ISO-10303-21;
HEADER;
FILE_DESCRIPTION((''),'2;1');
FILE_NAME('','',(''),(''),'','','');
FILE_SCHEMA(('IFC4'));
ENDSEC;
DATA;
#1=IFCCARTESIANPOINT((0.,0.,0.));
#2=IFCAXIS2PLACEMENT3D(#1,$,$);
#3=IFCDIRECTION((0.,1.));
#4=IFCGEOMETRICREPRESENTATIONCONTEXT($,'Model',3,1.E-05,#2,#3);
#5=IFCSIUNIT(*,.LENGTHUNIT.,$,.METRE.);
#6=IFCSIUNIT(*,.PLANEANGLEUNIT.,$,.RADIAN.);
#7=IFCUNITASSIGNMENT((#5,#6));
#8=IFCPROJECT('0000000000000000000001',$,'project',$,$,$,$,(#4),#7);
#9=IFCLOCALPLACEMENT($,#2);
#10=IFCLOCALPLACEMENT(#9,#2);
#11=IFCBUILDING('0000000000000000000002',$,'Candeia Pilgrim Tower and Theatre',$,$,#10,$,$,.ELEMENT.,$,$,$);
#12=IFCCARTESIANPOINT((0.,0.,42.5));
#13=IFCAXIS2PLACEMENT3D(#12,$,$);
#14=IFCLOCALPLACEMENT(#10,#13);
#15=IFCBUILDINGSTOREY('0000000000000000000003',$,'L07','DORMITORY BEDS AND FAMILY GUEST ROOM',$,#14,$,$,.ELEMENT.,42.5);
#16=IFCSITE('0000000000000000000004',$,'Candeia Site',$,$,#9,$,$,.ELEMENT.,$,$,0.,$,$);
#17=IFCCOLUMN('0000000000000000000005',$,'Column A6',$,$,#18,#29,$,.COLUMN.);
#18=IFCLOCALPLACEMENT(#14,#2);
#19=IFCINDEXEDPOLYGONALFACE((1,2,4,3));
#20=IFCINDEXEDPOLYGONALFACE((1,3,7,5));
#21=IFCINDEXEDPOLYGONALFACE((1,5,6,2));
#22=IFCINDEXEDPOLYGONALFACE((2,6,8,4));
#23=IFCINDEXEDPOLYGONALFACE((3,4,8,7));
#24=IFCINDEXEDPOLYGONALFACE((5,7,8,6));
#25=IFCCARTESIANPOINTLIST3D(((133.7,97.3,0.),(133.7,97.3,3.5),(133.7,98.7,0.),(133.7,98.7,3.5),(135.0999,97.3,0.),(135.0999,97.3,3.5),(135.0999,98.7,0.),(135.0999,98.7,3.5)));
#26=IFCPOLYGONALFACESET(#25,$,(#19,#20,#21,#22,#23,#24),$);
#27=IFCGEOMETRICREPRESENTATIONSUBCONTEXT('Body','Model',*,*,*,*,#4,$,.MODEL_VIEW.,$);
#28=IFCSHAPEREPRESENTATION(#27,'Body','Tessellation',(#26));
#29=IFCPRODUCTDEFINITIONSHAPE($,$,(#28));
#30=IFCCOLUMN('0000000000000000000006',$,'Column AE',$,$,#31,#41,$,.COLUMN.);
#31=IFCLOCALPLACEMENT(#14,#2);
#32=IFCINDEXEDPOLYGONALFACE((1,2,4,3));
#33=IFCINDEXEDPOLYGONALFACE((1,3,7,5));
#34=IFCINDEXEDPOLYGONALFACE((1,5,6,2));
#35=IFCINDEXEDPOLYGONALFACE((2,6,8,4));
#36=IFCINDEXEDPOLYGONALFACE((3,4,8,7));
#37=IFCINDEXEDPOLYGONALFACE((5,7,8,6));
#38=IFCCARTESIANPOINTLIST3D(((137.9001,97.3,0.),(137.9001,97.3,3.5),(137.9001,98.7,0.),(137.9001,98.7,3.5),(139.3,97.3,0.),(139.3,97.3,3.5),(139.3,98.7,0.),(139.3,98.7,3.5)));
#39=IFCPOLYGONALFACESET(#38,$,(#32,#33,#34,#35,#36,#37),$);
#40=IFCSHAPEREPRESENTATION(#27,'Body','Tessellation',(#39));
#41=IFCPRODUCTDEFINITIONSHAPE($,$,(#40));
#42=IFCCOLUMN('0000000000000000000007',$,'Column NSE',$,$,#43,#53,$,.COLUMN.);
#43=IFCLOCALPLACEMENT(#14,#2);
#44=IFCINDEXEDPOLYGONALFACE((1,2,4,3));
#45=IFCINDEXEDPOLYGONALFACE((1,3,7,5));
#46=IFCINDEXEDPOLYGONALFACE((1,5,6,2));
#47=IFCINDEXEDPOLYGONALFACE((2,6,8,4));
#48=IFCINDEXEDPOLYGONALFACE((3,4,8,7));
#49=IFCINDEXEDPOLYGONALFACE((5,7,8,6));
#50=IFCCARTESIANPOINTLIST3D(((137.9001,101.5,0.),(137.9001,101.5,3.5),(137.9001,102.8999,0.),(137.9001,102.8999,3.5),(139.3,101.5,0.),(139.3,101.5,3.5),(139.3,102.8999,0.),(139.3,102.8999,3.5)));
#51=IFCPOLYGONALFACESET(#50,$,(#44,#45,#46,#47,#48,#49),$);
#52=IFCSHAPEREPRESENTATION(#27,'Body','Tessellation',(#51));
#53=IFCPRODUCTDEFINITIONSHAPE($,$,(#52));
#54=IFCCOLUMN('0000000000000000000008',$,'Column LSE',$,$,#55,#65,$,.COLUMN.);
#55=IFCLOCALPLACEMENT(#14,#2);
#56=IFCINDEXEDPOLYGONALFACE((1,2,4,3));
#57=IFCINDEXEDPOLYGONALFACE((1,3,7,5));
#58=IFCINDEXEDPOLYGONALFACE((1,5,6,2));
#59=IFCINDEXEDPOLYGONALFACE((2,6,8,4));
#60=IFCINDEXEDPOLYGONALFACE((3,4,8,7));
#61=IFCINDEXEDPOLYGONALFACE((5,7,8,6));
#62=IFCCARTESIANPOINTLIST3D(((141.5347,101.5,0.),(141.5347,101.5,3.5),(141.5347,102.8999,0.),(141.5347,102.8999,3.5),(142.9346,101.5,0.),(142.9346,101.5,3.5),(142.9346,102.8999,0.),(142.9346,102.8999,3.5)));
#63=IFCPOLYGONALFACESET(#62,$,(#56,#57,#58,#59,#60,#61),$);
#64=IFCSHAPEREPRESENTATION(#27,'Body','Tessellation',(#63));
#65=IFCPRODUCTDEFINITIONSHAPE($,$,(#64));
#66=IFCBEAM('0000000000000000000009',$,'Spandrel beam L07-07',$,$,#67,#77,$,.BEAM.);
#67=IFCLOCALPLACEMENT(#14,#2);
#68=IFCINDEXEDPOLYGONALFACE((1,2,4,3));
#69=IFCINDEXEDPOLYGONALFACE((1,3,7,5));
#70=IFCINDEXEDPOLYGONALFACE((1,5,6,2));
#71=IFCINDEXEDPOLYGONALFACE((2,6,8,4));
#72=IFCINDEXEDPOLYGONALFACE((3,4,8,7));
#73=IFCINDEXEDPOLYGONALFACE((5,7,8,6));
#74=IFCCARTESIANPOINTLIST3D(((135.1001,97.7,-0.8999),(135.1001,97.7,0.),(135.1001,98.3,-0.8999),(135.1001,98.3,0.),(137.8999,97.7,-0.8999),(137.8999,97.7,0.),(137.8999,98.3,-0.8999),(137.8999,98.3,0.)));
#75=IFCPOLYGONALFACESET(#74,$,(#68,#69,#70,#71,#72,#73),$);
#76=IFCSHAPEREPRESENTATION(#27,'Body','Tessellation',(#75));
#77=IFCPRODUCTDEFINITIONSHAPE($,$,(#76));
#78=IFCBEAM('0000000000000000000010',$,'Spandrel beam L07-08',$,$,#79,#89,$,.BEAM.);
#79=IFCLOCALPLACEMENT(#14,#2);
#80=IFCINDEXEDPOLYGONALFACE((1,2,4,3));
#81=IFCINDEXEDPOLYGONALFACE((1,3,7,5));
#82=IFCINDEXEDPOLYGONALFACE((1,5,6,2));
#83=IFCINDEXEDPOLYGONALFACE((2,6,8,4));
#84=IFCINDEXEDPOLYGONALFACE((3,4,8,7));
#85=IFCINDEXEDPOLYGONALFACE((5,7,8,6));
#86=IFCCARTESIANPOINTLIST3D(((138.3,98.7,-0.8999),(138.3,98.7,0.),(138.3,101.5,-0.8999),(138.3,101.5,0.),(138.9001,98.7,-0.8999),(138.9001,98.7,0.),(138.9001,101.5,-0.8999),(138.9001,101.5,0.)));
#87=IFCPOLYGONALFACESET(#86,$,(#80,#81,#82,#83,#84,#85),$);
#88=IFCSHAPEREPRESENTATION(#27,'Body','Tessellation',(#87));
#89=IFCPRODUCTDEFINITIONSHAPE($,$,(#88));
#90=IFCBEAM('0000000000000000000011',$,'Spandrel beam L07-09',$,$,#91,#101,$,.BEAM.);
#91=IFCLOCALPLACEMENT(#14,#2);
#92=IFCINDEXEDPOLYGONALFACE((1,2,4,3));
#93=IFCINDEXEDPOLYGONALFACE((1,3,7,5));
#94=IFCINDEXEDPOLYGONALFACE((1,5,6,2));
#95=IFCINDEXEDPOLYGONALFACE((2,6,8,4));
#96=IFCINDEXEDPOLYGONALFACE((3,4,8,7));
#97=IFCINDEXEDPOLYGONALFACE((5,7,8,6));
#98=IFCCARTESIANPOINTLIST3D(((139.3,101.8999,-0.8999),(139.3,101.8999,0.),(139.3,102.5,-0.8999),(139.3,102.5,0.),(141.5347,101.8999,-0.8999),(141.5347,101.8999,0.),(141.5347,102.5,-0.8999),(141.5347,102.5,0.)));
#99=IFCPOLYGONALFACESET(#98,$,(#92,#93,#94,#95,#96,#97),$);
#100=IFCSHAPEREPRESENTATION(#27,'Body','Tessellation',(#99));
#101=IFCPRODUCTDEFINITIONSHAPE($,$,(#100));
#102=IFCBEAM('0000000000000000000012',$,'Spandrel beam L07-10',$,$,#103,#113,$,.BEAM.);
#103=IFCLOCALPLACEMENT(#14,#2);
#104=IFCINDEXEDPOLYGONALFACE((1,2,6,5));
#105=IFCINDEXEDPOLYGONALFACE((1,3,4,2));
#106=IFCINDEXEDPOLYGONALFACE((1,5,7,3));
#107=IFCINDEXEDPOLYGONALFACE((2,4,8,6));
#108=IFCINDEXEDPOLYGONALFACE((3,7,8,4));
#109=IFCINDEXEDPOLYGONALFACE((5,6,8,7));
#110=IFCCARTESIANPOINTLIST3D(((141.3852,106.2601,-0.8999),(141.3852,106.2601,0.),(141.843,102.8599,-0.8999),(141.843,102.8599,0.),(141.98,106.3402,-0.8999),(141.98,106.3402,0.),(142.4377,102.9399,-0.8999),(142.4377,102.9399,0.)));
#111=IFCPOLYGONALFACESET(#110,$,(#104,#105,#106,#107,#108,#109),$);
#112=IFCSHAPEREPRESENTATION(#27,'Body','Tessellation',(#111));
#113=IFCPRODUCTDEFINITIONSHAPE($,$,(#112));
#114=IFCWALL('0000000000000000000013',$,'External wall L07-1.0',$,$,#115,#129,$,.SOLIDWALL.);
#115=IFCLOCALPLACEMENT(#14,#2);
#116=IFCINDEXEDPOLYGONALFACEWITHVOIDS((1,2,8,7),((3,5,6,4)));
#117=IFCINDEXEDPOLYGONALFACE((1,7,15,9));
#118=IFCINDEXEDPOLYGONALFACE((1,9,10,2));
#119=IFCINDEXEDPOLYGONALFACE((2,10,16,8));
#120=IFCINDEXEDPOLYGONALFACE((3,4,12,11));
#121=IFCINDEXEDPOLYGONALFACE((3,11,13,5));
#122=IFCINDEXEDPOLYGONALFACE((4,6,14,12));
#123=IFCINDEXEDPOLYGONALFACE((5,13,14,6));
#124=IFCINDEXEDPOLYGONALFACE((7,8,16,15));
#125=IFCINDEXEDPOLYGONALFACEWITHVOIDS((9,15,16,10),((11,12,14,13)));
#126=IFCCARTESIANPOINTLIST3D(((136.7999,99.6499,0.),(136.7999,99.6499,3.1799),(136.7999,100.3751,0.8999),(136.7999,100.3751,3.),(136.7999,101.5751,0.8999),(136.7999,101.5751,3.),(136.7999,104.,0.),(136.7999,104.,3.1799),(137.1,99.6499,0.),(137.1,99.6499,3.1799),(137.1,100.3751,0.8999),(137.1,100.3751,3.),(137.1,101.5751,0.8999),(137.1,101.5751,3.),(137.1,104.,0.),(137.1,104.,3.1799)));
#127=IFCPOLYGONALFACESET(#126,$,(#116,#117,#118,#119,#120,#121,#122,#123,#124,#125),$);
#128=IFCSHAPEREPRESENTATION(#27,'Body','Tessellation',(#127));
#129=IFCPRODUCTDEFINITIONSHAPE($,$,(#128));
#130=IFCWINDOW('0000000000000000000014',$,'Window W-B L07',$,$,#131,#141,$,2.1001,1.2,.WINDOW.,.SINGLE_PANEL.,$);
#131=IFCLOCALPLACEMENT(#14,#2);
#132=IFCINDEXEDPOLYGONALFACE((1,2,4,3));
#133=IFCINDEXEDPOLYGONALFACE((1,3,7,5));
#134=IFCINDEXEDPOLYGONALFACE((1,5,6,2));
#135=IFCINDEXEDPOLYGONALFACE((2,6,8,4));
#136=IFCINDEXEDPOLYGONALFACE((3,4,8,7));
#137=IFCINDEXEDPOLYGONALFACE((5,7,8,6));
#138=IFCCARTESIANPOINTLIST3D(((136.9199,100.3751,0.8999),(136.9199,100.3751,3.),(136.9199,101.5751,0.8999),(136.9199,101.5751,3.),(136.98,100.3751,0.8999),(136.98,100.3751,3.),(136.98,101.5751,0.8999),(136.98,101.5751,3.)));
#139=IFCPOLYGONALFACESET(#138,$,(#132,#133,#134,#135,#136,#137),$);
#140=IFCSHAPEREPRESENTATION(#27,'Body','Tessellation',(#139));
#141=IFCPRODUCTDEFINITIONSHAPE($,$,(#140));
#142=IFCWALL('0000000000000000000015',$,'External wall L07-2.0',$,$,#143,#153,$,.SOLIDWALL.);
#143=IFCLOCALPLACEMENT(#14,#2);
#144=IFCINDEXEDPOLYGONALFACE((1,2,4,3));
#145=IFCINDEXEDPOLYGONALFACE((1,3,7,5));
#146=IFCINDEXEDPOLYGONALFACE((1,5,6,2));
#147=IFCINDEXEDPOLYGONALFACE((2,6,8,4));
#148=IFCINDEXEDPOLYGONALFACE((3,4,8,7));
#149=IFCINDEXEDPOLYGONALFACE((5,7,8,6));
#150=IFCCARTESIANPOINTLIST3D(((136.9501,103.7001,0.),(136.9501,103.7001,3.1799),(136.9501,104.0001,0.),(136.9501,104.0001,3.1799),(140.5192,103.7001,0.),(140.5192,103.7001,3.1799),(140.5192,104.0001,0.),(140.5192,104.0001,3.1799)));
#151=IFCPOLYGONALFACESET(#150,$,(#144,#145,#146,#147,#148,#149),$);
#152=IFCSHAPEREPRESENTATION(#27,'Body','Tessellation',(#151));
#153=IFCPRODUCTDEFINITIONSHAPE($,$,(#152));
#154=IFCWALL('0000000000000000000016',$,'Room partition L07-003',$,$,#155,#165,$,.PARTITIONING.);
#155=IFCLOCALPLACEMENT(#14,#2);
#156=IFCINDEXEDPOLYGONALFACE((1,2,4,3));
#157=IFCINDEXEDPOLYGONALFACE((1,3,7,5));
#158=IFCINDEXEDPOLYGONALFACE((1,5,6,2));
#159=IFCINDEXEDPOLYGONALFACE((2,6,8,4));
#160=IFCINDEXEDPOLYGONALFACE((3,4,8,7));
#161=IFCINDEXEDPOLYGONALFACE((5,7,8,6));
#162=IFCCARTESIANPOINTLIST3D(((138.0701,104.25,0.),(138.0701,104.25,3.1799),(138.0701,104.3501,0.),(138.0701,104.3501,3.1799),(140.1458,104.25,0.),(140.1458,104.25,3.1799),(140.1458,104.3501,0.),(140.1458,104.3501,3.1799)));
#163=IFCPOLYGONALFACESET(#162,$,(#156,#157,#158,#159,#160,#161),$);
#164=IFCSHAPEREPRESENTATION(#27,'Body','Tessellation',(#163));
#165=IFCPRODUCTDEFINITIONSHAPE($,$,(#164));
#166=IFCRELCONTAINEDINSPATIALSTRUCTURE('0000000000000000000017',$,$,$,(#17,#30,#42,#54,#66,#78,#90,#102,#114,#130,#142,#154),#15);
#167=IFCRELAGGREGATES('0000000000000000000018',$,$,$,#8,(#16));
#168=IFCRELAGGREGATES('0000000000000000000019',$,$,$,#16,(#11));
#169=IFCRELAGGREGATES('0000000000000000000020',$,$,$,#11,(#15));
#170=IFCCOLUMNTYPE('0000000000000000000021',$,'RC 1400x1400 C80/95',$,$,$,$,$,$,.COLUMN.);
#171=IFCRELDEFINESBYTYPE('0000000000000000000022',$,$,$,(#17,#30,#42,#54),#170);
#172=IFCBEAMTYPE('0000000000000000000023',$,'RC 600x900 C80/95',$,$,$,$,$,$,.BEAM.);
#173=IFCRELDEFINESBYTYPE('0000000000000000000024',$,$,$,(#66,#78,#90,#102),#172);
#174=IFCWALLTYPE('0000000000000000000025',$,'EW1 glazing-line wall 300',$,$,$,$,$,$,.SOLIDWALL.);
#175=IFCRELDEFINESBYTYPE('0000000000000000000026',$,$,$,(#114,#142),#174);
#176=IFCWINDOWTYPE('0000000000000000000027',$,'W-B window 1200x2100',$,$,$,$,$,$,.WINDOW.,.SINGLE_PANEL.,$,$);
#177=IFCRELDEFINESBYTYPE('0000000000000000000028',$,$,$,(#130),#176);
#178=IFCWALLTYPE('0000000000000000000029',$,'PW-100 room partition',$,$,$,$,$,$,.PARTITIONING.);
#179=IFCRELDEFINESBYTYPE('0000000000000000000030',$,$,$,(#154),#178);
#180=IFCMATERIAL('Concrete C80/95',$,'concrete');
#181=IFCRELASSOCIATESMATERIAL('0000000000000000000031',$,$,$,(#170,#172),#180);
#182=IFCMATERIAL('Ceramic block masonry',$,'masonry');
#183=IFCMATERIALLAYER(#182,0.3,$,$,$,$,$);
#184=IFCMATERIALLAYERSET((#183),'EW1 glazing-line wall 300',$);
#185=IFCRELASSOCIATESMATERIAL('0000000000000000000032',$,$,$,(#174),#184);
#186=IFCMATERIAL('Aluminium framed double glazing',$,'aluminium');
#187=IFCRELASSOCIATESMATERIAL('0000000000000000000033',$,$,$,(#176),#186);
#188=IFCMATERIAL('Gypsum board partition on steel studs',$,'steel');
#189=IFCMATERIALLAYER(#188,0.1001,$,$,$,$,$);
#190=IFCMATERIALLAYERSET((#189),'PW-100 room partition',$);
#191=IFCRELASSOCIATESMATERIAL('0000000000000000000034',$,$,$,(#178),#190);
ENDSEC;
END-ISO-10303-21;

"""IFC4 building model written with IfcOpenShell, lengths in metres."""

from ifc_helpers import new_model, si_unit, direction, frame, frame_2d, origin, origin_2d, place, context, subcontext, project, spatial, rectangle, extrude, material, layer, layer_set, material_profile, profile_set, type_object, element, fill, save


model = new_model("IFC4")

# Units and contexts
model_context = context("Model", 3, precision=1e-05, world=origin(), true_north=direction((0.0, 1.0)))
body_context = subcontext(model_context, "Body", "Model", "MODEL_VIEW")
ifc_project = project(units=[si_unit("LENGTHUNIT", "METRE"), si_unit("PLANEANGLEUNIT", "RADIAN")], contexts=[model_context])

# Site, building, storey
site_placement = place(None, origin())
site = spatial("IfcSite", under=ifc_project, at=site_placement, Name="Candeia Site", CompositionType="ELEMENT", RefElevation=0.0)
building_placement = place(site_placement, origin())
building = spatial("IfcBuilding", under=site, at=building_placement, Name="Candeia Pilgrim Tower and Theatre", CompositionType="ELEMENT")
storey_placement = place(building_placement, frame((0.0, 0.0, 42.5)))
storey = spatial("IfcBuildingStorey", under=building, at=storey_placement, Name="L07", Description="DORMITORY BEDS AND FAMILY GUEST ROOM", CompositionType="ELEMENT", Elevation=42.5)

# Columns
ifc_material_1 = material(Name="Concrete C80/95", Category="concrete")
ifc_material_profile_1 = material_profile(ifc_material_1, rectangle(XDim=1.3999, YDim=1.3999, at=origin_2d()))
ifc_profile_set_1 = profile_set([ifc_material_profile_1], Name="Concrete C80/95")
column_type = type_object("IfcColumnType", Name="RC 1400x1400 C80/95", PredefinedType="COLUMN", material=ifc_profile_set_1)
for number, where, z_axis, x_axis, name in (
    (1, (134.3999, 98.0, 0.0), (0.0, 0.0, 1.0), (1.0, 0.0, 0.0), "Column A6"),
    (2, (138.6001, 98.0, 0.0), (0.0, 0.0, 1.0), (1.0, 0.0, 0.0), "Column AE"),
    (3, (138.6001, 102.2, 0.0), (0.0, 0.0, 1.0), (1.0, 0.0, 0.0), "Column NSE"),
    (4, (142.2346, 102.2, 0.0), (0.0, 0.0, 1.0), (1.0, 0.0, 0.0), "Column LSE"),
):
    element("IfcColumn", number, at=place(storey_placement, frame(where, z_axis=z_axis, x_axis=x_axis)), inside=storey, type_object=column_type, Name=name, PredefinedType="COLUMN", context=body_context, shape_type="SweptSolid", body=[
        extrude(rectangle(XDim=1.3999, YDim=1.3999, at=origin_2d()), origin(), (0.0, 0.0, 1.0), 3.5),
    ])

# Beams
ifc_material_profile_2 = material_profile(ifc_material_1, rectangle(XDim=0.6001, YDim=0.8999, at=origin_2d()))
ifc_profile_set_2 = profile_set([ifc_material_profile_2], Name="Concrete C80/95")
beam_type = type_object("IfcBeamType", Name="RC 600x900 C80/95", PredefinedType="BEAM", material=ifc_profile_set_2)
beam_1_placement = place(storey_placement, frame((135.1001, 98.0, -0.45), z_axis=(1.0, 0.0, 0.0), x_axis=(0.0, 1.0, 0.0)))
element("IfcBeam", 5, at=beam_1_placement, inside=storey, type_object=beam_type, Name="Spandrel beam L07-07", PredefinedType="BEAM", context=body_context, shape_type="SweptSolid", body=[
    extrude(rectangle(XDim=0.6001, YDim=0.8999, at=origin_2d()), origin(), (0.0, 0.0, 1.0), 2.7998),
])
beam_2_placement = place(storey_placement, frame((138.6001, 98.7, -0.45), z_axis=(0.0, 1.0, 0.0), x_axis=(-1.0, 0.0, 0.0)))
element("IfcBeam", 6, at=beam_2_placement, inside=storey, type_object=beam_type, Name="Spandrel beam L07-08", PredefinedType="BEAM", context=body_context, shape_type="SweptSolid", body=[
    extrude(rectangle(XDim=0.6001, YDim=0.8999, at=origin_2d()), origin(), (0.0, 0.0, 1.0), 2.8),
])
beam_3_placement = place(storey_placement, frame((139.3, 102.2, -0.45), z_axis=(1.0, 0.0, 0.0), x_axis=(0.0, 1.0, 0.0)))
element("IfcBeam", 7, at=beam_3_placement, inside=storey, type_object=beam_type, Name="Spandrel beam L07-09", PredefinedType="BEAM", context=body_context, shape_type="SweptSolid", body=[
    extrude(rectangle(XDim=0.6001, YDim=0.8999, at=origin_2d()), origin(), (0.0, 0.0, 1.0), 2.2346),
])
beam_4_placement = place(storey_placement, frame((142.1404, 102.8999, -0.45), z_axis=(-0.133427, 0.991059, 0.0), x_axis=(-0.991059, -0.133427, 0.0)))
element("IfcBeam", 8, at=beam_4_placement, inside=storey, type_object=beam_type, Name="Spandrel beam L07-10", PredefinedType="BEAM", context=body_context, shape_type="SweptSolid", body=[
    extrude(rectangle(XDim=0.6001, YDim=0.8999, at=origin_2d()), origin(), (0.0, 0.0, 1.0), 3.4309),
])

# Wall, opening, window
ifc_material_2 = material(Name="Ceramic block masonry", Category="masonry")
ifc_layer_1 = layer(ifc_material_2, 0.3)
ifc_layer_set_1 = layer_set([ifc_layer_1], Name="EW1 glazing-line wall 300")
wall_type_1 = type_object("IfcWallType", Name="EW1 glazing-line wall 300", PredefinedType="SOLIDWALL", material=ifc_layer_set_1)
wall_1_placement = place(storey_placement, frame((136.95, 99.6499, 0.0), z_axis=(0.0, 0.0, 1.0), x_axis=(0.0, 1.0, 0.0)))
wall_1 = element("IfcWall", 9, at=wall_1_placement, inside=storey, type_object=wall_type_1, Name="External wall L07-1.0", PredefinedType="SOLIDWALL", context=body_context, shape_type="SweptSolid", body=[
    extrude(rectangle(XDim=4.3501, YDim=0.3, at=frame_2d((2.175, 0.0))), origin(), (0.0, 0.0, 1.0), 3.1799),
])
opening_1_placement = place(wall_1_placement, frame((0.7251, 0.0, 0.8999)))
opening_1 = element("IfcOpeningElement", 10, at=opening_1_placement, cuts=wall_1, PredefinedType="OPENING", context=body_context, shape_type="SweptSolid", body=[
    extrude(rectangle(XDim=1.2, YDim=2.1001, at=frame_2d((0.6001, 1.05))), frame((0.0, 0.1602, 0.0), z_axis=(0.0, -1.0, 0.0), x_axis=(1.0, 0.0, 0.0)), (0.0, 0.0, 1.0), 0.3201),
])
ifc_material_3 = material(Name="Aluminium framed double glazing", Category="aluminium")
window_type = type_object("IfcWindowType", Name="W-B window 1200x2100", PartitioningType="SINGLE_PANEL", PredefinedType="WINDOW", material=ifc_material_3)
window_1_placement = place(opening_1_placement, origin())
window_1 = element("IfcWindow", 11, at=window_1_placement, inside=storey, type_object=window_type, Name="Window W-B L07", OverallHeight=2.1001, OverallWidth=1.2, PartitioningType="SINGLE_PANEL", PredefinedType="WINDOW", context=body_context, shape_type="SweptSolid", body=[
    extrude(rectangle(XDim=1.2, YDim=2.1001, at=frame_2d((0.6001, 1.05))), frame((0.0, 0.03, 0.0), z_axis=(0.0, -1.0, 0.0), x_axis=(1.0, 0.0, 0.0)), (0.0, 0.0, 1.0), 0.0601),
])
fill(opening_1, window_1)

# Wall
wall_2_placement = place(storey_placement, frame((136.95, 103.8501, 0.0), z_axis=(0.0, 0.0, 1.0), x_axis=(1.0, 0.0, 0.0)))
element("IfcWall", 12, at=wall_2_placement, inside=storey, type_object=wall_type_1, Name="External wall L07-2.0", PredefinedType="SOLIDWALL", context=body_context, shape_type="SweptSolid", body=[
    extrude(rectangle(XDim=3.5691, YDim=0.3, at=frame_2d((1.7847, 0.0))), origin(), (0.0, 0.0, 1.0), 3.1799),
])

# Wall
ifc_material_4 = material(Name="Gypsum board partition on steel studs", Category="steel")
ifc_layer_2 = layer(ifc_material_4, 0.1001)
ifc_layer_set_2 = layer_set([ifc_layer_2], Name="PW-100 room partition")
wall_type_2 = type_object("IfcWallType", Name="PW-100 room partition", PredefinedType="PARTITIONING", material=ifc_layer_set_2)
wall_3_placement = place(storey_placement, frame((138.0701, 104.3, 0.0), z_axis=(0.0, 0.0, 1.0), x_axis=(1.0, 0.0, 0.0)))
element("IfcWall", 13, at=wall_3_placement, inside=storey, type_object=wall_type_2, Name="Room partition L07-003", PredefinedType="PARTITIONING", context=body_context, shape_type="SweptSolid", body=[
    extrude(rectangle(XDim=2.0757, YDim=0.1001, at=frame_2d((1.0378, 0.0))), origin(), (0.0, 0.0, 1.0), 3.1799),
])

save(model, "model.ifc")
